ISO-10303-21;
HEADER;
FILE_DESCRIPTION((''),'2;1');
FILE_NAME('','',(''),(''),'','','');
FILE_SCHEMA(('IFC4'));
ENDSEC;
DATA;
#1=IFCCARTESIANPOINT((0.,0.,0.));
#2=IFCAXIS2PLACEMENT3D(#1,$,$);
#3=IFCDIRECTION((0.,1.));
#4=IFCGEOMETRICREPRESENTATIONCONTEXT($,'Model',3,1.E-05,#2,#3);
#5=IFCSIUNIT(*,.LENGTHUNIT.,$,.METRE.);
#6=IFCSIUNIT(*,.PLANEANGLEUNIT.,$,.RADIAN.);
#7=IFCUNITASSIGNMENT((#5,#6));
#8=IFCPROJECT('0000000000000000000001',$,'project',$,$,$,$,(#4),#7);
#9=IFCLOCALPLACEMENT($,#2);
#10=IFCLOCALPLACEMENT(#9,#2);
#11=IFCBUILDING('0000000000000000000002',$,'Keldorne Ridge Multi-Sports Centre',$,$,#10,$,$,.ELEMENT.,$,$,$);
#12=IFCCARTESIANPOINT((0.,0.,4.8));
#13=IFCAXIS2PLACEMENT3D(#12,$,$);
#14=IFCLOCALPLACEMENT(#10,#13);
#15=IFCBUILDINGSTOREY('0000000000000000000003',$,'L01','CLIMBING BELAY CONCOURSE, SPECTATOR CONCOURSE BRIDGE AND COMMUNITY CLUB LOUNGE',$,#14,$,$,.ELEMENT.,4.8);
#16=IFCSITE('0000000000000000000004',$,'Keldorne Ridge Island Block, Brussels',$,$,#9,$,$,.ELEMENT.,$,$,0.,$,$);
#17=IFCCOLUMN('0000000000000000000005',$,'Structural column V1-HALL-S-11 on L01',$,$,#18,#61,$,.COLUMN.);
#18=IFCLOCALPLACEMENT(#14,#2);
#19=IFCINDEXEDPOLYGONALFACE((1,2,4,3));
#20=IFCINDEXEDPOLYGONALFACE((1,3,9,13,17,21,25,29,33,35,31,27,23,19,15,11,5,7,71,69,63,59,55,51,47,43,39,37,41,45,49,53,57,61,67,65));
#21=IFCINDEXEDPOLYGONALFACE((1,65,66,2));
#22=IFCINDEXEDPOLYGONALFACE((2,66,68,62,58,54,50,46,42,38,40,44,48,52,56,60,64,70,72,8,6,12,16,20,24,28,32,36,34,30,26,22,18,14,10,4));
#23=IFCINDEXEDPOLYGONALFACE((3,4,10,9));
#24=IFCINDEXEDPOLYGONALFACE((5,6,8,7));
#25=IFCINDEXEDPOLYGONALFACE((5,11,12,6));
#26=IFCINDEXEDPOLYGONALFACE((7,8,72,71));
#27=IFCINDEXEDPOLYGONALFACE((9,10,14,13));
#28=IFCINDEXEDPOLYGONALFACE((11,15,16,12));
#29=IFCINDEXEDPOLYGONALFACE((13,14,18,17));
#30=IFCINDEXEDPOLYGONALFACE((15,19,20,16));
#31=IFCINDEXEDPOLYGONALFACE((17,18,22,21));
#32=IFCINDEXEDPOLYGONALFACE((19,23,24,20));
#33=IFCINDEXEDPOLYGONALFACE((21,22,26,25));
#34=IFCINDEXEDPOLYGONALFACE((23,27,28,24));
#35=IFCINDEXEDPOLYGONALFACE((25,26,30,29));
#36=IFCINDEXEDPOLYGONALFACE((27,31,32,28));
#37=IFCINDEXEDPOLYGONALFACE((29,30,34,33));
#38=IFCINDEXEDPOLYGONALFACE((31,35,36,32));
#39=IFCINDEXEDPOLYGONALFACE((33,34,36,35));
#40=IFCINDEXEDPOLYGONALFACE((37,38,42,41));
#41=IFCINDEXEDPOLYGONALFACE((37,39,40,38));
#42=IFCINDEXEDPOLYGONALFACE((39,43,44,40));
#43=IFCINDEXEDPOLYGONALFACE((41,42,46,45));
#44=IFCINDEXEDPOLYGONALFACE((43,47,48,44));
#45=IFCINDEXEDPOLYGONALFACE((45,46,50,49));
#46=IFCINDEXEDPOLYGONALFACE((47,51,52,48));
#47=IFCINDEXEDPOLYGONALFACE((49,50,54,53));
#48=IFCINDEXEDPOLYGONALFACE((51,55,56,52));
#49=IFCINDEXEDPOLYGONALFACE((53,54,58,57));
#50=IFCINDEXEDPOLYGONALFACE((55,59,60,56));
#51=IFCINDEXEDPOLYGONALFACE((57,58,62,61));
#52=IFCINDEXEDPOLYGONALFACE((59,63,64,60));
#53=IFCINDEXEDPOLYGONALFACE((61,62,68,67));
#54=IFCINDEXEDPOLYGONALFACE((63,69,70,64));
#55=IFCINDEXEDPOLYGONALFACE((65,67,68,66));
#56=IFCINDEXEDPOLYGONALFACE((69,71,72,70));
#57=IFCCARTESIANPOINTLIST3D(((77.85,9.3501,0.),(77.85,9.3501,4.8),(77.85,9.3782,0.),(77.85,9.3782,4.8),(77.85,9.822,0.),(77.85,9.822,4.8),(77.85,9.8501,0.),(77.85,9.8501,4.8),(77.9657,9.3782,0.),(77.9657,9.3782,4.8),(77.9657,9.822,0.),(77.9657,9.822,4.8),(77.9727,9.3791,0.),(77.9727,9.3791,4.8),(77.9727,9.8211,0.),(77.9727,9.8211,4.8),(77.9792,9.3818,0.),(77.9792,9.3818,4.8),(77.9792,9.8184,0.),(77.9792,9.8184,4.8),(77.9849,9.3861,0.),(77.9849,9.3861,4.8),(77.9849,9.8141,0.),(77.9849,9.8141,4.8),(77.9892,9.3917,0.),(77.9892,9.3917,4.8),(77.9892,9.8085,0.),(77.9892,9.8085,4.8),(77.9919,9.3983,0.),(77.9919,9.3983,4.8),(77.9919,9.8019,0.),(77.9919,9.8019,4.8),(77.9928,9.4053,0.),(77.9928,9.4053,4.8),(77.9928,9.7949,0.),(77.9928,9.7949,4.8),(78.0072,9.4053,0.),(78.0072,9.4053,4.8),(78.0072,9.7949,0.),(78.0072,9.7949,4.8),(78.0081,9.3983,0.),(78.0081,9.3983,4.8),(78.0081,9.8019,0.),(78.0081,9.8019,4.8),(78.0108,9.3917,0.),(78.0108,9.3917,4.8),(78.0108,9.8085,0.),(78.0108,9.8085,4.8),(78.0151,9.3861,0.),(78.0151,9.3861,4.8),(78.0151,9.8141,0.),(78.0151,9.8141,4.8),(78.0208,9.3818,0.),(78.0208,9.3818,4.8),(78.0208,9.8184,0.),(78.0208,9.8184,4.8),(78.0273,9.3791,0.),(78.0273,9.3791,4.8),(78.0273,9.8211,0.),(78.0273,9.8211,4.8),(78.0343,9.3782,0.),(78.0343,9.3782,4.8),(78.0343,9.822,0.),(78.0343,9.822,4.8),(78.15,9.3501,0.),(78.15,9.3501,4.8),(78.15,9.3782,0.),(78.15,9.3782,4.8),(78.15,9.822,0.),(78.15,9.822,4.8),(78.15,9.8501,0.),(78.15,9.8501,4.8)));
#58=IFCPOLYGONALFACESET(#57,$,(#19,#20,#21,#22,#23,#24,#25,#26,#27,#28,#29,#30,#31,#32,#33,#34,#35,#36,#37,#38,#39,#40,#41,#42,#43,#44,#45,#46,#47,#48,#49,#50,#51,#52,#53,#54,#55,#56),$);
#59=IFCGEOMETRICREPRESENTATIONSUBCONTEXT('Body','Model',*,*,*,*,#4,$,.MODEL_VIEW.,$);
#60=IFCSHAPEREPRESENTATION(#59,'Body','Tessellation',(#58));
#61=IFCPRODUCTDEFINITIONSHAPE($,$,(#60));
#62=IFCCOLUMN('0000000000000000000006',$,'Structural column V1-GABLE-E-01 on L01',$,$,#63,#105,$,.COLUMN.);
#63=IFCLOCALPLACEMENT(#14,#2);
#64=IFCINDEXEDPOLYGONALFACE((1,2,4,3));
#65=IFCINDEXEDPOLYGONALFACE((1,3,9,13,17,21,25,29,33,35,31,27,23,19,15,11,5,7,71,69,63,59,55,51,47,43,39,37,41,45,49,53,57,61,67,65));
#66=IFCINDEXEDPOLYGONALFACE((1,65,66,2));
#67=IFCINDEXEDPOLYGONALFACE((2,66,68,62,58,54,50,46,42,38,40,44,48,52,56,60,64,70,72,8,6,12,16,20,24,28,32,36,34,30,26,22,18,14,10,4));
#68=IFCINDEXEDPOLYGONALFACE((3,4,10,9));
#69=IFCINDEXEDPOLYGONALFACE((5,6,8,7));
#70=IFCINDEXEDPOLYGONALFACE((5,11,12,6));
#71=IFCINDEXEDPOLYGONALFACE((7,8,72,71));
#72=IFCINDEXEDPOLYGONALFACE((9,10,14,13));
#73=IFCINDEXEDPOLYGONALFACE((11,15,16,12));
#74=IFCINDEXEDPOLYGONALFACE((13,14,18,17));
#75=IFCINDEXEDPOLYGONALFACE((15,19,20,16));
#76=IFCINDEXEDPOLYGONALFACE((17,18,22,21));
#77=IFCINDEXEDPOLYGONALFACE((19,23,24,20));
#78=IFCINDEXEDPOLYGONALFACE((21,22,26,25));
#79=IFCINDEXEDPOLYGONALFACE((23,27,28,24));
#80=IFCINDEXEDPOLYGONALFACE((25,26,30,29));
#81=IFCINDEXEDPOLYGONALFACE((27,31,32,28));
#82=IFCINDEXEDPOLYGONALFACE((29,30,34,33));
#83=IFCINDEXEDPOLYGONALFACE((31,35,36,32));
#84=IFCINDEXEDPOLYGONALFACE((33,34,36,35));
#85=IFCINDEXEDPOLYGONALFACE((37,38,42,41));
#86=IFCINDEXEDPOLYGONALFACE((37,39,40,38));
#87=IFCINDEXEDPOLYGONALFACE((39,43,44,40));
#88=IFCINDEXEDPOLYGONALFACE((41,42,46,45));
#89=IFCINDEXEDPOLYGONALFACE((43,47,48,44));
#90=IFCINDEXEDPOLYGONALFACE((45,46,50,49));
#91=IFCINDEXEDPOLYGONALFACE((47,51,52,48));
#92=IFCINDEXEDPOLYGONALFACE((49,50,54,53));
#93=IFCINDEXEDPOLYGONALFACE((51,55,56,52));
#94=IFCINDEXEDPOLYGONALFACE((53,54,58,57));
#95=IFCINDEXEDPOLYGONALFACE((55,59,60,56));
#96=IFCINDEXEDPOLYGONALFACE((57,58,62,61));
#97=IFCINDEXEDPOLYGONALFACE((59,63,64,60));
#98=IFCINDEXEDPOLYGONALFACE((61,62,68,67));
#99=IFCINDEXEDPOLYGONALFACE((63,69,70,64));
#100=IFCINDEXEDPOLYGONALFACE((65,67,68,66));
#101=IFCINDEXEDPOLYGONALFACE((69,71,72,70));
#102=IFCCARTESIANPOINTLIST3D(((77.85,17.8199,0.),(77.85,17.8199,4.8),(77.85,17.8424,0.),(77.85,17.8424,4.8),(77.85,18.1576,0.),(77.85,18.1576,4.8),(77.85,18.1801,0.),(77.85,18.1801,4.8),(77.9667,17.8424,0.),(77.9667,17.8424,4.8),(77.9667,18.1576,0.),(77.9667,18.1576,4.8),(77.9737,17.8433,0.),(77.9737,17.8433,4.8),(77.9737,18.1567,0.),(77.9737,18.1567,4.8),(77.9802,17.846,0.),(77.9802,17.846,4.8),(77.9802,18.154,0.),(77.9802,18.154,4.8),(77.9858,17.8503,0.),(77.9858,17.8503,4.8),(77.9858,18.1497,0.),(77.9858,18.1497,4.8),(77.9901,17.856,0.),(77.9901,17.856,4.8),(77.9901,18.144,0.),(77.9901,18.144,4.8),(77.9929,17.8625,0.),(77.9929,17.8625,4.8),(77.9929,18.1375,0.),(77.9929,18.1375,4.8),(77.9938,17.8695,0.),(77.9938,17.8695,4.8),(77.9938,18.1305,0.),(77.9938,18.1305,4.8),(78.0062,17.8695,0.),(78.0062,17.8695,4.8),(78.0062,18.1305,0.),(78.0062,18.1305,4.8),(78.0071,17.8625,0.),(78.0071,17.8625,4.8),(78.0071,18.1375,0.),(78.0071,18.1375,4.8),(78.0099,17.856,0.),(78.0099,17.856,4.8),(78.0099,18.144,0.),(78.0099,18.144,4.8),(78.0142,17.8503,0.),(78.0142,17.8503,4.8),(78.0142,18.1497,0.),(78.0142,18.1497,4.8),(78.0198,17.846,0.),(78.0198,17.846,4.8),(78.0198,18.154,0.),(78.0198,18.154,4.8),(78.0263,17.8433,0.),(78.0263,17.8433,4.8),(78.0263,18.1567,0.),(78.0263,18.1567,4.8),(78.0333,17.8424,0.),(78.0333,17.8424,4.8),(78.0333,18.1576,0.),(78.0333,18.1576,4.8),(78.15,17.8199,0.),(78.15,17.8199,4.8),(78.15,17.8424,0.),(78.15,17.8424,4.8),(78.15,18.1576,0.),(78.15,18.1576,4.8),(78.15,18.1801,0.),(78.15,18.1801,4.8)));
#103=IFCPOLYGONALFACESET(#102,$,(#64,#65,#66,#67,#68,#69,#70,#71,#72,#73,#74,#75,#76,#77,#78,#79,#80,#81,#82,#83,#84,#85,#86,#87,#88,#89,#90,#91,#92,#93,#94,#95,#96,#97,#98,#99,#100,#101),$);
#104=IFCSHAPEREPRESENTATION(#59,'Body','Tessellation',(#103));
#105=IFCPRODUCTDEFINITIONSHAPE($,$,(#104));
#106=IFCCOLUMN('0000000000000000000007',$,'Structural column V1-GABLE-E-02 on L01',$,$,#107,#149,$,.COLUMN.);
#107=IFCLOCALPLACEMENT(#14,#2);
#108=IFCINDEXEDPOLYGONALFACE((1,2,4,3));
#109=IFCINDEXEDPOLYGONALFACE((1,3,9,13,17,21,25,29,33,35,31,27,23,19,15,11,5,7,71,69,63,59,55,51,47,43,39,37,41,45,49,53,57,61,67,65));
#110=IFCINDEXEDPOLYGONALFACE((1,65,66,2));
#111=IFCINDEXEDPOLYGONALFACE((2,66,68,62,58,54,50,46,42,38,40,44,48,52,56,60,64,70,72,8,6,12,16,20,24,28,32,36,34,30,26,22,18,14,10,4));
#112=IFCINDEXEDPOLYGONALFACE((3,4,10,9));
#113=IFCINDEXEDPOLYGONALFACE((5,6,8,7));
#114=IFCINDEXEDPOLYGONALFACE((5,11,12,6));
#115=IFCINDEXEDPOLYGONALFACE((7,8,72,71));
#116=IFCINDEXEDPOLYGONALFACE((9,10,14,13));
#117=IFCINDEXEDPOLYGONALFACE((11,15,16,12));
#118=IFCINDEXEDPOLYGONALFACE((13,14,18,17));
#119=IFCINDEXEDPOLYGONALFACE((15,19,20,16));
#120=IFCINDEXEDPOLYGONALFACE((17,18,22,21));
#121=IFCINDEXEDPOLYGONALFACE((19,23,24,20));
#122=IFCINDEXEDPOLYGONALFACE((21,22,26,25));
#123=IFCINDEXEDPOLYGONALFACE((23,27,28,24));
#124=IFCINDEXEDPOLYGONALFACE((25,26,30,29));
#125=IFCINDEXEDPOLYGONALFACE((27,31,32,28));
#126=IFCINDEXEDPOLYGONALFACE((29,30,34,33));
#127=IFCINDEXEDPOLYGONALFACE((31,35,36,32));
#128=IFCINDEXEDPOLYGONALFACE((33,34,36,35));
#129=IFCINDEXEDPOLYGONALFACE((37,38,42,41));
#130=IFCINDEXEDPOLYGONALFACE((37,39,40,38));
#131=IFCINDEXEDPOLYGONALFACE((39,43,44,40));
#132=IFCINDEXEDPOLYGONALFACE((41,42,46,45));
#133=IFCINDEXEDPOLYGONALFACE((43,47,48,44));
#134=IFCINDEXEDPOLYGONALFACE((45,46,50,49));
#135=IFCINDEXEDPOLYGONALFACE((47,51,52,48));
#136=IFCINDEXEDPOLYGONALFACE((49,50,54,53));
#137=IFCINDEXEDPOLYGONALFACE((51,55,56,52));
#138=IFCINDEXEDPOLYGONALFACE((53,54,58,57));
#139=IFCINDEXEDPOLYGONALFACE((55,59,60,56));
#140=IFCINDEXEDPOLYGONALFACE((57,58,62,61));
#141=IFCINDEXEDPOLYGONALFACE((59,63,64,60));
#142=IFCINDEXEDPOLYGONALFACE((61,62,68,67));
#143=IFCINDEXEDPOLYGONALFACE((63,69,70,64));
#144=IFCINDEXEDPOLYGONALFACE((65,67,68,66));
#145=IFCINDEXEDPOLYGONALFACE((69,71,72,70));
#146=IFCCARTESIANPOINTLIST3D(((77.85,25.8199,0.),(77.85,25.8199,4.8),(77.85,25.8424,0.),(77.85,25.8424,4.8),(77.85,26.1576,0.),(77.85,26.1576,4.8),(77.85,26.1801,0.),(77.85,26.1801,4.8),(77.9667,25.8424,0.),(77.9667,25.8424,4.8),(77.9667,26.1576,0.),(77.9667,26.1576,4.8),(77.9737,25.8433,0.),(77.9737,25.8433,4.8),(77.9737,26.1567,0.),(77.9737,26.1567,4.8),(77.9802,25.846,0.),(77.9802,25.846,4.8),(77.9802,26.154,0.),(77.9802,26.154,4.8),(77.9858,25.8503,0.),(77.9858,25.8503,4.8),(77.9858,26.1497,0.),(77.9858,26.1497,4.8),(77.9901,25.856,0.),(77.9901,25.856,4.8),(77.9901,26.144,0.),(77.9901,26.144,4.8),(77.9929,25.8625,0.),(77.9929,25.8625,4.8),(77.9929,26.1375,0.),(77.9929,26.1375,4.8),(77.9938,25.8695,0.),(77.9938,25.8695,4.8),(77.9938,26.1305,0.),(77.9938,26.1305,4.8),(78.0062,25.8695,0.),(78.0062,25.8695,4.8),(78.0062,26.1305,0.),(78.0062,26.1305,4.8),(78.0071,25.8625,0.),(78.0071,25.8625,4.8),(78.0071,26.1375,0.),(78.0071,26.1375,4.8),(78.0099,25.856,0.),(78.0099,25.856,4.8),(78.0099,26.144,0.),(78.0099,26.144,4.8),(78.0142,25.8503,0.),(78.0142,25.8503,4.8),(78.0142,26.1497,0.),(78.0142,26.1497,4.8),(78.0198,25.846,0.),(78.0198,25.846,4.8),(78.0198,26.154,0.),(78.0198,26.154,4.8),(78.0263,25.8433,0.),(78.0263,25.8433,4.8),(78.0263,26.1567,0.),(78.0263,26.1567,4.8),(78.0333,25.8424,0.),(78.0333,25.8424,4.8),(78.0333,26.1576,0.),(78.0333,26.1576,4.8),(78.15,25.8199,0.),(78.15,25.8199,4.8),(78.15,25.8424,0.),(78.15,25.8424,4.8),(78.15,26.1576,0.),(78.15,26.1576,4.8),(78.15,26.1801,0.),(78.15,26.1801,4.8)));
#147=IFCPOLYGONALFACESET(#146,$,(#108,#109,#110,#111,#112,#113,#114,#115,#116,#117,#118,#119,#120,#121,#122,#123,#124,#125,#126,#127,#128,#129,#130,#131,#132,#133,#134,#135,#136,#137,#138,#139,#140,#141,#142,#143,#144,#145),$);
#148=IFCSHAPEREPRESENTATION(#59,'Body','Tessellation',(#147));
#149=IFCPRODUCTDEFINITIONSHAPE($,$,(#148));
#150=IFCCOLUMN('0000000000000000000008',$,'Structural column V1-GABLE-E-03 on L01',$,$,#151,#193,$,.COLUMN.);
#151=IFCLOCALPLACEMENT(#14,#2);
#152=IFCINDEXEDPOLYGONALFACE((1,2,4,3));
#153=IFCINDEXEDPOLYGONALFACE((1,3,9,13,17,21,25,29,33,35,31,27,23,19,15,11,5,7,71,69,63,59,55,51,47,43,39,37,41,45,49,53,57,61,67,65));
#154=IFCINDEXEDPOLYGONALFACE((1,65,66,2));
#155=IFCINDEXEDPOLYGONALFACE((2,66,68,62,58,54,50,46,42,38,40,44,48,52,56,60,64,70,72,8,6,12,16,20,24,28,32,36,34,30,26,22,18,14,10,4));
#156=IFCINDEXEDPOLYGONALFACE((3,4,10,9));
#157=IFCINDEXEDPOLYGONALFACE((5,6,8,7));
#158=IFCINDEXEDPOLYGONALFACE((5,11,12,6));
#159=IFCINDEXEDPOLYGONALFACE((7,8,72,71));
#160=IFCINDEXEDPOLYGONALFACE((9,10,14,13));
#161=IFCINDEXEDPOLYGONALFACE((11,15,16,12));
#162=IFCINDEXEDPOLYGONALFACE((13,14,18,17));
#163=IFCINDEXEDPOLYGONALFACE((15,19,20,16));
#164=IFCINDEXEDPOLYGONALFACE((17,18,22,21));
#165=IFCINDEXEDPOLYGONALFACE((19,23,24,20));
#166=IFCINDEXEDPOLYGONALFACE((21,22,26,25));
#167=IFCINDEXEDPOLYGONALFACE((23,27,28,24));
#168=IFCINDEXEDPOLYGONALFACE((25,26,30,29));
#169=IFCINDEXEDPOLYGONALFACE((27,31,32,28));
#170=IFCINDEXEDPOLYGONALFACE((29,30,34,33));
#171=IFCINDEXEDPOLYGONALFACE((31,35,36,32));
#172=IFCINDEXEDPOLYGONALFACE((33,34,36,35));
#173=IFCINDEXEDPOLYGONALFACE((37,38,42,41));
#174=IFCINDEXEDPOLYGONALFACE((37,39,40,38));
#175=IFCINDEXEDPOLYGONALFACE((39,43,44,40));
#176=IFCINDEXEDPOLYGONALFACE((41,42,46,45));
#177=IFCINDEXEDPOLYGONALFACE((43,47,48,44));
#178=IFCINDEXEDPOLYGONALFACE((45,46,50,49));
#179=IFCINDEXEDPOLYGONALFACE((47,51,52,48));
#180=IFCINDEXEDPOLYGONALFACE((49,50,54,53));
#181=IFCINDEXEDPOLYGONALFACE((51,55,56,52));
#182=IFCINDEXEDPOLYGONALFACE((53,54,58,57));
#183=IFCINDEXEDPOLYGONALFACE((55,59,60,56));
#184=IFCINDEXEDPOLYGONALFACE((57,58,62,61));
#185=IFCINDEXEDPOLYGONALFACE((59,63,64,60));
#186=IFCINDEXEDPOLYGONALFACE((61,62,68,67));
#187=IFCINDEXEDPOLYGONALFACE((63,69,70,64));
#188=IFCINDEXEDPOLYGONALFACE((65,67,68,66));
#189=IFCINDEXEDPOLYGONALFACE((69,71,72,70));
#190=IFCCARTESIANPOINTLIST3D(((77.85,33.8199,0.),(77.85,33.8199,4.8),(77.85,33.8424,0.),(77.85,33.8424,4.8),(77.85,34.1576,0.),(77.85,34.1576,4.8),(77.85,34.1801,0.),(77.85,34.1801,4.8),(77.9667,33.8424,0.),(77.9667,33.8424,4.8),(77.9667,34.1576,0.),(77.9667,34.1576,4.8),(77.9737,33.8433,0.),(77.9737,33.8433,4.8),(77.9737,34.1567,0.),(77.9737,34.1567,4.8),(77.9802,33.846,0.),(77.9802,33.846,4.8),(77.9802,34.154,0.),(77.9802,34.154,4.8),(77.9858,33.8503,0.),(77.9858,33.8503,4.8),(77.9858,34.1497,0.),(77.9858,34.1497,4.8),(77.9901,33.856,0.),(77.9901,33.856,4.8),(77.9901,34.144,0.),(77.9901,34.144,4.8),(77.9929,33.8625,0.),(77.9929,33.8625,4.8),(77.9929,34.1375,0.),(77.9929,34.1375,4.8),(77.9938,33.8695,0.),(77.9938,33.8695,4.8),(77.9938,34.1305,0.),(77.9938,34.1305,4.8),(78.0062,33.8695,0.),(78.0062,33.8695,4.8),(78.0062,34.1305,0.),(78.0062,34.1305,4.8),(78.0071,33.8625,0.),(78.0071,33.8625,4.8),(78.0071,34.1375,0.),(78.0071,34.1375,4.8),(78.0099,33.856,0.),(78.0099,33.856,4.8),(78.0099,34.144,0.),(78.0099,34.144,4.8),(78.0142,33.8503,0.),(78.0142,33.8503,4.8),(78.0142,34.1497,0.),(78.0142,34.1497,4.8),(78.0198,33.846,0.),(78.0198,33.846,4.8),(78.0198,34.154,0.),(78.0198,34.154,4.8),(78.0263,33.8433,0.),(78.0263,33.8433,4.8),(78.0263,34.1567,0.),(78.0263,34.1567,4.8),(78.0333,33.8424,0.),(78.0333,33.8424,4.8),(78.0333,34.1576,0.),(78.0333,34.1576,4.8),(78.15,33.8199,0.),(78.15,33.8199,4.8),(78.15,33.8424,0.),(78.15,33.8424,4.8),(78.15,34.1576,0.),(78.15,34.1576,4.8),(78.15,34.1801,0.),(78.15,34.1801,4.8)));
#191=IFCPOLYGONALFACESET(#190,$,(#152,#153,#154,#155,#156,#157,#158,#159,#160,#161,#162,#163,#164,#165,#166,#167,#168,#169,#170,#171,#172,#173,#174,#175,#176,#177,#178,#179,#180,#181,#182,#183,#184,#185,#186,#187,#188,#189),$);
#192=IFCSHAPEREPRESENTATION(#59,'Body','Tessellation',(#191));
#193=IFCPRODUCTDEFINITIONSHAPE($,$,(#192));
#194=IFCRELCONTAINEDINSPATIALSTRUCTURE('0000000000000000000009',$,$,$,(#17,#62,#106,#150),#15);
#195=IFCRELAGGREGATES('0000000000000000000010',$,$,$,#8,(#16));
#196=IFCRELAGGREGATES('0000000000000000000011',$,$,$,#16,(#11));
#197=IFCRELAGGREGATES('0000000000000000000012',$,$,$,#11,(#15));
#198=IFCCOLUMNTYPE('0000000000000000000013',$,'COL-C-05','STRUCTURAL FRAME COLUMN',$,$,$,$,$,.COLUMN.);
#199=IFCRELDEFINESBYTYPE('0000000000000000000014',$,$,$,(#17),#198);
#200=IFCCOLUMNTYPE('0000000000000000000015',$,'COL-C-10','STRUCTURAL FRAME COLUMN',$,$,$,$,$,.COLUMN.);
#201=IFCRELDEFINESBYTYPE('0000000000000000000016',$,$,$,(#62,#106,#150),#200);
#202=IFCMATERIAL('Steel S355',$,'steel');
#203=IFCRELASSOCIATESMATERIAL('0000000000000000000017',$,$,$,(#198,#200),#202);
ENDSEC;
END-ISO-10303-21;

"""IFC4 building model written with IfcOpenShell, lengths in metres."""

from ifc_helpers import new_model, si_unit, direction, frame, origin, origin_2d, place, context, subcontext, project, spatial, i_section, extrude, material, material_profile, profile_set, type_object, element, save


model = new_model("IFC4")

# Units and contexts
model_context = context("Model", 3, precision=1e-05, world=origin(), true_north=direction((0.0, 1.0)))
body_context = subcontext(model_context, "Body", "Model", "MODEL_VIEW")
ifc_project = project(units=[si_unit("LENGTHUNIT", "METRE"), si_unit("PLANEANGLEUNIT", "RADIAN")], contexts=[model_context])

# Site, building, storey
site_placement = place(None, origin())
site = spatial("IfcSite", under=ifc_project, at=site_placement, Name="Keldorne Ridge Island Block, Brussels", CompositionType="ELEMENT", RefElevation=0.0)
building_placement = place(site_placement, origin())
building = spatial("IfcBuilding", under=site, at=building_placement, Name="Keldorne Ridge Multi-Sports Centre", CompositionType="ELEMENT")
storey_placement = place(building_placement, frame((0.0, 0.0, 4.8)))
storey = spatial("IfcBuildingStorey", under=building, at=storey_placement, Name="L01", Description="CLIMBING BELAY CONCOURSE, SPECTATOR CONCOURSE BRIDGE AND COMMUNITY CLUB LOUNGE", CompositionType="ELEMENT", Elevation=4.8)

# Columns
ifc_material_1 = material(Name="Steel S355", Category="steel")
ifc_material_profile_1 = material_profile(ifc_material_1, i_section(OverallWidth=0.3, OverallDepth=0.5, WebThickness=0.0144, FlangeThickness=0.0281, FilletRadius=0.0271, at=origin_2d()), Name="HEB 500")
ifc_profile_set_1 = profile_set([ifc_material_profile_1], Name="Steel S355")
column_type_1 = type_object("IfcColumnType", Name="COL-C-05", Description="STRUCTURAL FRAME COLUMN", PredefinedType="COLUMN", material=ifc_profile_set_1)
column_placement = place(storey_placement, frame((78.0, 9.6001, 0.0), z_axis=(0.0, 0.0, 1.0), x_axis=(1.0, 0.0, 0.0)))
element("IfcColumn", 1, at=column_placement, inside=storey, type_object=column_type_1, Name="Structural column V1-HALL-S-11 on L01", PredefinedType="COLUMN", context=body_context, shape_type="SweptSolid", body=[
    extrude(i_section(OverallWidth=0.3, OverallDepth=0.5, WebThickness=0.0144, FlangeThickness=0.0281, FilletRadius=0.0271, at=origin_2d()), origin(), (0.0, 0.0, 1.0), 4.8),
])
ifc_material_profile_2 = material_profile(ifc_material_1, i_section(OverallWidth=0.3, OverallDepth=0.3601, WebThickness=0.0125, FlangeThickness=0.0225, FilletRadius=0.0271, at=origin_2d()), Name="HEB 360")
ifc_profile_set_2 = profile_set([ifc_material_profile_2], Name="Steel S355")
column_type_2 = type_object("IfcColumnType", Name="COL-C-10", Description="STRUCTURAL FRAME COLUMN", PredefinedType="COLUMN", material=ifc_profile_set_2)
for number, where, z_axis, x_axis, name in (
    (2, (78.0, 18.0, 0.0), (0.0, 0.0, 1.0), (1.0, 0.0, 0.0), "Structural column V1-GABLE-E-01 on L01"),
    (3, (78.0, 26.0, 0.0), (0.0, 0.0, 1.0), (1.0, 0.0, 0.0), "Structural column V1-GABLE-E-02 on L01"),
    (4, (78.0, 34.0, 0.0), (0.0, 0.0, 1.0), (1.0, 0.0, 0.0), "Structural column V1-GABLE-E-03 on L01"),
):
    element("IfcColumn", number, at=place(storey_placement, frame(where, z_axis=z_axis, x_axis=x_axis)), inside=storey, type_object=column_type_2, Name=name, PredefinedType="COLUMN", context=body_context, shape_type="SweptSolid", body=[
        extrude(i_section(OverallWidth=0.3, OverallDepth=0.3601, WebThickness=0.0125, FlangeThickness=0.0225, FilletRadius=0.0271, at=origin_2d()), origin(), (0.0, 0.0, 1.0), 4.8),
    ])

save(model, "model.ifc")
